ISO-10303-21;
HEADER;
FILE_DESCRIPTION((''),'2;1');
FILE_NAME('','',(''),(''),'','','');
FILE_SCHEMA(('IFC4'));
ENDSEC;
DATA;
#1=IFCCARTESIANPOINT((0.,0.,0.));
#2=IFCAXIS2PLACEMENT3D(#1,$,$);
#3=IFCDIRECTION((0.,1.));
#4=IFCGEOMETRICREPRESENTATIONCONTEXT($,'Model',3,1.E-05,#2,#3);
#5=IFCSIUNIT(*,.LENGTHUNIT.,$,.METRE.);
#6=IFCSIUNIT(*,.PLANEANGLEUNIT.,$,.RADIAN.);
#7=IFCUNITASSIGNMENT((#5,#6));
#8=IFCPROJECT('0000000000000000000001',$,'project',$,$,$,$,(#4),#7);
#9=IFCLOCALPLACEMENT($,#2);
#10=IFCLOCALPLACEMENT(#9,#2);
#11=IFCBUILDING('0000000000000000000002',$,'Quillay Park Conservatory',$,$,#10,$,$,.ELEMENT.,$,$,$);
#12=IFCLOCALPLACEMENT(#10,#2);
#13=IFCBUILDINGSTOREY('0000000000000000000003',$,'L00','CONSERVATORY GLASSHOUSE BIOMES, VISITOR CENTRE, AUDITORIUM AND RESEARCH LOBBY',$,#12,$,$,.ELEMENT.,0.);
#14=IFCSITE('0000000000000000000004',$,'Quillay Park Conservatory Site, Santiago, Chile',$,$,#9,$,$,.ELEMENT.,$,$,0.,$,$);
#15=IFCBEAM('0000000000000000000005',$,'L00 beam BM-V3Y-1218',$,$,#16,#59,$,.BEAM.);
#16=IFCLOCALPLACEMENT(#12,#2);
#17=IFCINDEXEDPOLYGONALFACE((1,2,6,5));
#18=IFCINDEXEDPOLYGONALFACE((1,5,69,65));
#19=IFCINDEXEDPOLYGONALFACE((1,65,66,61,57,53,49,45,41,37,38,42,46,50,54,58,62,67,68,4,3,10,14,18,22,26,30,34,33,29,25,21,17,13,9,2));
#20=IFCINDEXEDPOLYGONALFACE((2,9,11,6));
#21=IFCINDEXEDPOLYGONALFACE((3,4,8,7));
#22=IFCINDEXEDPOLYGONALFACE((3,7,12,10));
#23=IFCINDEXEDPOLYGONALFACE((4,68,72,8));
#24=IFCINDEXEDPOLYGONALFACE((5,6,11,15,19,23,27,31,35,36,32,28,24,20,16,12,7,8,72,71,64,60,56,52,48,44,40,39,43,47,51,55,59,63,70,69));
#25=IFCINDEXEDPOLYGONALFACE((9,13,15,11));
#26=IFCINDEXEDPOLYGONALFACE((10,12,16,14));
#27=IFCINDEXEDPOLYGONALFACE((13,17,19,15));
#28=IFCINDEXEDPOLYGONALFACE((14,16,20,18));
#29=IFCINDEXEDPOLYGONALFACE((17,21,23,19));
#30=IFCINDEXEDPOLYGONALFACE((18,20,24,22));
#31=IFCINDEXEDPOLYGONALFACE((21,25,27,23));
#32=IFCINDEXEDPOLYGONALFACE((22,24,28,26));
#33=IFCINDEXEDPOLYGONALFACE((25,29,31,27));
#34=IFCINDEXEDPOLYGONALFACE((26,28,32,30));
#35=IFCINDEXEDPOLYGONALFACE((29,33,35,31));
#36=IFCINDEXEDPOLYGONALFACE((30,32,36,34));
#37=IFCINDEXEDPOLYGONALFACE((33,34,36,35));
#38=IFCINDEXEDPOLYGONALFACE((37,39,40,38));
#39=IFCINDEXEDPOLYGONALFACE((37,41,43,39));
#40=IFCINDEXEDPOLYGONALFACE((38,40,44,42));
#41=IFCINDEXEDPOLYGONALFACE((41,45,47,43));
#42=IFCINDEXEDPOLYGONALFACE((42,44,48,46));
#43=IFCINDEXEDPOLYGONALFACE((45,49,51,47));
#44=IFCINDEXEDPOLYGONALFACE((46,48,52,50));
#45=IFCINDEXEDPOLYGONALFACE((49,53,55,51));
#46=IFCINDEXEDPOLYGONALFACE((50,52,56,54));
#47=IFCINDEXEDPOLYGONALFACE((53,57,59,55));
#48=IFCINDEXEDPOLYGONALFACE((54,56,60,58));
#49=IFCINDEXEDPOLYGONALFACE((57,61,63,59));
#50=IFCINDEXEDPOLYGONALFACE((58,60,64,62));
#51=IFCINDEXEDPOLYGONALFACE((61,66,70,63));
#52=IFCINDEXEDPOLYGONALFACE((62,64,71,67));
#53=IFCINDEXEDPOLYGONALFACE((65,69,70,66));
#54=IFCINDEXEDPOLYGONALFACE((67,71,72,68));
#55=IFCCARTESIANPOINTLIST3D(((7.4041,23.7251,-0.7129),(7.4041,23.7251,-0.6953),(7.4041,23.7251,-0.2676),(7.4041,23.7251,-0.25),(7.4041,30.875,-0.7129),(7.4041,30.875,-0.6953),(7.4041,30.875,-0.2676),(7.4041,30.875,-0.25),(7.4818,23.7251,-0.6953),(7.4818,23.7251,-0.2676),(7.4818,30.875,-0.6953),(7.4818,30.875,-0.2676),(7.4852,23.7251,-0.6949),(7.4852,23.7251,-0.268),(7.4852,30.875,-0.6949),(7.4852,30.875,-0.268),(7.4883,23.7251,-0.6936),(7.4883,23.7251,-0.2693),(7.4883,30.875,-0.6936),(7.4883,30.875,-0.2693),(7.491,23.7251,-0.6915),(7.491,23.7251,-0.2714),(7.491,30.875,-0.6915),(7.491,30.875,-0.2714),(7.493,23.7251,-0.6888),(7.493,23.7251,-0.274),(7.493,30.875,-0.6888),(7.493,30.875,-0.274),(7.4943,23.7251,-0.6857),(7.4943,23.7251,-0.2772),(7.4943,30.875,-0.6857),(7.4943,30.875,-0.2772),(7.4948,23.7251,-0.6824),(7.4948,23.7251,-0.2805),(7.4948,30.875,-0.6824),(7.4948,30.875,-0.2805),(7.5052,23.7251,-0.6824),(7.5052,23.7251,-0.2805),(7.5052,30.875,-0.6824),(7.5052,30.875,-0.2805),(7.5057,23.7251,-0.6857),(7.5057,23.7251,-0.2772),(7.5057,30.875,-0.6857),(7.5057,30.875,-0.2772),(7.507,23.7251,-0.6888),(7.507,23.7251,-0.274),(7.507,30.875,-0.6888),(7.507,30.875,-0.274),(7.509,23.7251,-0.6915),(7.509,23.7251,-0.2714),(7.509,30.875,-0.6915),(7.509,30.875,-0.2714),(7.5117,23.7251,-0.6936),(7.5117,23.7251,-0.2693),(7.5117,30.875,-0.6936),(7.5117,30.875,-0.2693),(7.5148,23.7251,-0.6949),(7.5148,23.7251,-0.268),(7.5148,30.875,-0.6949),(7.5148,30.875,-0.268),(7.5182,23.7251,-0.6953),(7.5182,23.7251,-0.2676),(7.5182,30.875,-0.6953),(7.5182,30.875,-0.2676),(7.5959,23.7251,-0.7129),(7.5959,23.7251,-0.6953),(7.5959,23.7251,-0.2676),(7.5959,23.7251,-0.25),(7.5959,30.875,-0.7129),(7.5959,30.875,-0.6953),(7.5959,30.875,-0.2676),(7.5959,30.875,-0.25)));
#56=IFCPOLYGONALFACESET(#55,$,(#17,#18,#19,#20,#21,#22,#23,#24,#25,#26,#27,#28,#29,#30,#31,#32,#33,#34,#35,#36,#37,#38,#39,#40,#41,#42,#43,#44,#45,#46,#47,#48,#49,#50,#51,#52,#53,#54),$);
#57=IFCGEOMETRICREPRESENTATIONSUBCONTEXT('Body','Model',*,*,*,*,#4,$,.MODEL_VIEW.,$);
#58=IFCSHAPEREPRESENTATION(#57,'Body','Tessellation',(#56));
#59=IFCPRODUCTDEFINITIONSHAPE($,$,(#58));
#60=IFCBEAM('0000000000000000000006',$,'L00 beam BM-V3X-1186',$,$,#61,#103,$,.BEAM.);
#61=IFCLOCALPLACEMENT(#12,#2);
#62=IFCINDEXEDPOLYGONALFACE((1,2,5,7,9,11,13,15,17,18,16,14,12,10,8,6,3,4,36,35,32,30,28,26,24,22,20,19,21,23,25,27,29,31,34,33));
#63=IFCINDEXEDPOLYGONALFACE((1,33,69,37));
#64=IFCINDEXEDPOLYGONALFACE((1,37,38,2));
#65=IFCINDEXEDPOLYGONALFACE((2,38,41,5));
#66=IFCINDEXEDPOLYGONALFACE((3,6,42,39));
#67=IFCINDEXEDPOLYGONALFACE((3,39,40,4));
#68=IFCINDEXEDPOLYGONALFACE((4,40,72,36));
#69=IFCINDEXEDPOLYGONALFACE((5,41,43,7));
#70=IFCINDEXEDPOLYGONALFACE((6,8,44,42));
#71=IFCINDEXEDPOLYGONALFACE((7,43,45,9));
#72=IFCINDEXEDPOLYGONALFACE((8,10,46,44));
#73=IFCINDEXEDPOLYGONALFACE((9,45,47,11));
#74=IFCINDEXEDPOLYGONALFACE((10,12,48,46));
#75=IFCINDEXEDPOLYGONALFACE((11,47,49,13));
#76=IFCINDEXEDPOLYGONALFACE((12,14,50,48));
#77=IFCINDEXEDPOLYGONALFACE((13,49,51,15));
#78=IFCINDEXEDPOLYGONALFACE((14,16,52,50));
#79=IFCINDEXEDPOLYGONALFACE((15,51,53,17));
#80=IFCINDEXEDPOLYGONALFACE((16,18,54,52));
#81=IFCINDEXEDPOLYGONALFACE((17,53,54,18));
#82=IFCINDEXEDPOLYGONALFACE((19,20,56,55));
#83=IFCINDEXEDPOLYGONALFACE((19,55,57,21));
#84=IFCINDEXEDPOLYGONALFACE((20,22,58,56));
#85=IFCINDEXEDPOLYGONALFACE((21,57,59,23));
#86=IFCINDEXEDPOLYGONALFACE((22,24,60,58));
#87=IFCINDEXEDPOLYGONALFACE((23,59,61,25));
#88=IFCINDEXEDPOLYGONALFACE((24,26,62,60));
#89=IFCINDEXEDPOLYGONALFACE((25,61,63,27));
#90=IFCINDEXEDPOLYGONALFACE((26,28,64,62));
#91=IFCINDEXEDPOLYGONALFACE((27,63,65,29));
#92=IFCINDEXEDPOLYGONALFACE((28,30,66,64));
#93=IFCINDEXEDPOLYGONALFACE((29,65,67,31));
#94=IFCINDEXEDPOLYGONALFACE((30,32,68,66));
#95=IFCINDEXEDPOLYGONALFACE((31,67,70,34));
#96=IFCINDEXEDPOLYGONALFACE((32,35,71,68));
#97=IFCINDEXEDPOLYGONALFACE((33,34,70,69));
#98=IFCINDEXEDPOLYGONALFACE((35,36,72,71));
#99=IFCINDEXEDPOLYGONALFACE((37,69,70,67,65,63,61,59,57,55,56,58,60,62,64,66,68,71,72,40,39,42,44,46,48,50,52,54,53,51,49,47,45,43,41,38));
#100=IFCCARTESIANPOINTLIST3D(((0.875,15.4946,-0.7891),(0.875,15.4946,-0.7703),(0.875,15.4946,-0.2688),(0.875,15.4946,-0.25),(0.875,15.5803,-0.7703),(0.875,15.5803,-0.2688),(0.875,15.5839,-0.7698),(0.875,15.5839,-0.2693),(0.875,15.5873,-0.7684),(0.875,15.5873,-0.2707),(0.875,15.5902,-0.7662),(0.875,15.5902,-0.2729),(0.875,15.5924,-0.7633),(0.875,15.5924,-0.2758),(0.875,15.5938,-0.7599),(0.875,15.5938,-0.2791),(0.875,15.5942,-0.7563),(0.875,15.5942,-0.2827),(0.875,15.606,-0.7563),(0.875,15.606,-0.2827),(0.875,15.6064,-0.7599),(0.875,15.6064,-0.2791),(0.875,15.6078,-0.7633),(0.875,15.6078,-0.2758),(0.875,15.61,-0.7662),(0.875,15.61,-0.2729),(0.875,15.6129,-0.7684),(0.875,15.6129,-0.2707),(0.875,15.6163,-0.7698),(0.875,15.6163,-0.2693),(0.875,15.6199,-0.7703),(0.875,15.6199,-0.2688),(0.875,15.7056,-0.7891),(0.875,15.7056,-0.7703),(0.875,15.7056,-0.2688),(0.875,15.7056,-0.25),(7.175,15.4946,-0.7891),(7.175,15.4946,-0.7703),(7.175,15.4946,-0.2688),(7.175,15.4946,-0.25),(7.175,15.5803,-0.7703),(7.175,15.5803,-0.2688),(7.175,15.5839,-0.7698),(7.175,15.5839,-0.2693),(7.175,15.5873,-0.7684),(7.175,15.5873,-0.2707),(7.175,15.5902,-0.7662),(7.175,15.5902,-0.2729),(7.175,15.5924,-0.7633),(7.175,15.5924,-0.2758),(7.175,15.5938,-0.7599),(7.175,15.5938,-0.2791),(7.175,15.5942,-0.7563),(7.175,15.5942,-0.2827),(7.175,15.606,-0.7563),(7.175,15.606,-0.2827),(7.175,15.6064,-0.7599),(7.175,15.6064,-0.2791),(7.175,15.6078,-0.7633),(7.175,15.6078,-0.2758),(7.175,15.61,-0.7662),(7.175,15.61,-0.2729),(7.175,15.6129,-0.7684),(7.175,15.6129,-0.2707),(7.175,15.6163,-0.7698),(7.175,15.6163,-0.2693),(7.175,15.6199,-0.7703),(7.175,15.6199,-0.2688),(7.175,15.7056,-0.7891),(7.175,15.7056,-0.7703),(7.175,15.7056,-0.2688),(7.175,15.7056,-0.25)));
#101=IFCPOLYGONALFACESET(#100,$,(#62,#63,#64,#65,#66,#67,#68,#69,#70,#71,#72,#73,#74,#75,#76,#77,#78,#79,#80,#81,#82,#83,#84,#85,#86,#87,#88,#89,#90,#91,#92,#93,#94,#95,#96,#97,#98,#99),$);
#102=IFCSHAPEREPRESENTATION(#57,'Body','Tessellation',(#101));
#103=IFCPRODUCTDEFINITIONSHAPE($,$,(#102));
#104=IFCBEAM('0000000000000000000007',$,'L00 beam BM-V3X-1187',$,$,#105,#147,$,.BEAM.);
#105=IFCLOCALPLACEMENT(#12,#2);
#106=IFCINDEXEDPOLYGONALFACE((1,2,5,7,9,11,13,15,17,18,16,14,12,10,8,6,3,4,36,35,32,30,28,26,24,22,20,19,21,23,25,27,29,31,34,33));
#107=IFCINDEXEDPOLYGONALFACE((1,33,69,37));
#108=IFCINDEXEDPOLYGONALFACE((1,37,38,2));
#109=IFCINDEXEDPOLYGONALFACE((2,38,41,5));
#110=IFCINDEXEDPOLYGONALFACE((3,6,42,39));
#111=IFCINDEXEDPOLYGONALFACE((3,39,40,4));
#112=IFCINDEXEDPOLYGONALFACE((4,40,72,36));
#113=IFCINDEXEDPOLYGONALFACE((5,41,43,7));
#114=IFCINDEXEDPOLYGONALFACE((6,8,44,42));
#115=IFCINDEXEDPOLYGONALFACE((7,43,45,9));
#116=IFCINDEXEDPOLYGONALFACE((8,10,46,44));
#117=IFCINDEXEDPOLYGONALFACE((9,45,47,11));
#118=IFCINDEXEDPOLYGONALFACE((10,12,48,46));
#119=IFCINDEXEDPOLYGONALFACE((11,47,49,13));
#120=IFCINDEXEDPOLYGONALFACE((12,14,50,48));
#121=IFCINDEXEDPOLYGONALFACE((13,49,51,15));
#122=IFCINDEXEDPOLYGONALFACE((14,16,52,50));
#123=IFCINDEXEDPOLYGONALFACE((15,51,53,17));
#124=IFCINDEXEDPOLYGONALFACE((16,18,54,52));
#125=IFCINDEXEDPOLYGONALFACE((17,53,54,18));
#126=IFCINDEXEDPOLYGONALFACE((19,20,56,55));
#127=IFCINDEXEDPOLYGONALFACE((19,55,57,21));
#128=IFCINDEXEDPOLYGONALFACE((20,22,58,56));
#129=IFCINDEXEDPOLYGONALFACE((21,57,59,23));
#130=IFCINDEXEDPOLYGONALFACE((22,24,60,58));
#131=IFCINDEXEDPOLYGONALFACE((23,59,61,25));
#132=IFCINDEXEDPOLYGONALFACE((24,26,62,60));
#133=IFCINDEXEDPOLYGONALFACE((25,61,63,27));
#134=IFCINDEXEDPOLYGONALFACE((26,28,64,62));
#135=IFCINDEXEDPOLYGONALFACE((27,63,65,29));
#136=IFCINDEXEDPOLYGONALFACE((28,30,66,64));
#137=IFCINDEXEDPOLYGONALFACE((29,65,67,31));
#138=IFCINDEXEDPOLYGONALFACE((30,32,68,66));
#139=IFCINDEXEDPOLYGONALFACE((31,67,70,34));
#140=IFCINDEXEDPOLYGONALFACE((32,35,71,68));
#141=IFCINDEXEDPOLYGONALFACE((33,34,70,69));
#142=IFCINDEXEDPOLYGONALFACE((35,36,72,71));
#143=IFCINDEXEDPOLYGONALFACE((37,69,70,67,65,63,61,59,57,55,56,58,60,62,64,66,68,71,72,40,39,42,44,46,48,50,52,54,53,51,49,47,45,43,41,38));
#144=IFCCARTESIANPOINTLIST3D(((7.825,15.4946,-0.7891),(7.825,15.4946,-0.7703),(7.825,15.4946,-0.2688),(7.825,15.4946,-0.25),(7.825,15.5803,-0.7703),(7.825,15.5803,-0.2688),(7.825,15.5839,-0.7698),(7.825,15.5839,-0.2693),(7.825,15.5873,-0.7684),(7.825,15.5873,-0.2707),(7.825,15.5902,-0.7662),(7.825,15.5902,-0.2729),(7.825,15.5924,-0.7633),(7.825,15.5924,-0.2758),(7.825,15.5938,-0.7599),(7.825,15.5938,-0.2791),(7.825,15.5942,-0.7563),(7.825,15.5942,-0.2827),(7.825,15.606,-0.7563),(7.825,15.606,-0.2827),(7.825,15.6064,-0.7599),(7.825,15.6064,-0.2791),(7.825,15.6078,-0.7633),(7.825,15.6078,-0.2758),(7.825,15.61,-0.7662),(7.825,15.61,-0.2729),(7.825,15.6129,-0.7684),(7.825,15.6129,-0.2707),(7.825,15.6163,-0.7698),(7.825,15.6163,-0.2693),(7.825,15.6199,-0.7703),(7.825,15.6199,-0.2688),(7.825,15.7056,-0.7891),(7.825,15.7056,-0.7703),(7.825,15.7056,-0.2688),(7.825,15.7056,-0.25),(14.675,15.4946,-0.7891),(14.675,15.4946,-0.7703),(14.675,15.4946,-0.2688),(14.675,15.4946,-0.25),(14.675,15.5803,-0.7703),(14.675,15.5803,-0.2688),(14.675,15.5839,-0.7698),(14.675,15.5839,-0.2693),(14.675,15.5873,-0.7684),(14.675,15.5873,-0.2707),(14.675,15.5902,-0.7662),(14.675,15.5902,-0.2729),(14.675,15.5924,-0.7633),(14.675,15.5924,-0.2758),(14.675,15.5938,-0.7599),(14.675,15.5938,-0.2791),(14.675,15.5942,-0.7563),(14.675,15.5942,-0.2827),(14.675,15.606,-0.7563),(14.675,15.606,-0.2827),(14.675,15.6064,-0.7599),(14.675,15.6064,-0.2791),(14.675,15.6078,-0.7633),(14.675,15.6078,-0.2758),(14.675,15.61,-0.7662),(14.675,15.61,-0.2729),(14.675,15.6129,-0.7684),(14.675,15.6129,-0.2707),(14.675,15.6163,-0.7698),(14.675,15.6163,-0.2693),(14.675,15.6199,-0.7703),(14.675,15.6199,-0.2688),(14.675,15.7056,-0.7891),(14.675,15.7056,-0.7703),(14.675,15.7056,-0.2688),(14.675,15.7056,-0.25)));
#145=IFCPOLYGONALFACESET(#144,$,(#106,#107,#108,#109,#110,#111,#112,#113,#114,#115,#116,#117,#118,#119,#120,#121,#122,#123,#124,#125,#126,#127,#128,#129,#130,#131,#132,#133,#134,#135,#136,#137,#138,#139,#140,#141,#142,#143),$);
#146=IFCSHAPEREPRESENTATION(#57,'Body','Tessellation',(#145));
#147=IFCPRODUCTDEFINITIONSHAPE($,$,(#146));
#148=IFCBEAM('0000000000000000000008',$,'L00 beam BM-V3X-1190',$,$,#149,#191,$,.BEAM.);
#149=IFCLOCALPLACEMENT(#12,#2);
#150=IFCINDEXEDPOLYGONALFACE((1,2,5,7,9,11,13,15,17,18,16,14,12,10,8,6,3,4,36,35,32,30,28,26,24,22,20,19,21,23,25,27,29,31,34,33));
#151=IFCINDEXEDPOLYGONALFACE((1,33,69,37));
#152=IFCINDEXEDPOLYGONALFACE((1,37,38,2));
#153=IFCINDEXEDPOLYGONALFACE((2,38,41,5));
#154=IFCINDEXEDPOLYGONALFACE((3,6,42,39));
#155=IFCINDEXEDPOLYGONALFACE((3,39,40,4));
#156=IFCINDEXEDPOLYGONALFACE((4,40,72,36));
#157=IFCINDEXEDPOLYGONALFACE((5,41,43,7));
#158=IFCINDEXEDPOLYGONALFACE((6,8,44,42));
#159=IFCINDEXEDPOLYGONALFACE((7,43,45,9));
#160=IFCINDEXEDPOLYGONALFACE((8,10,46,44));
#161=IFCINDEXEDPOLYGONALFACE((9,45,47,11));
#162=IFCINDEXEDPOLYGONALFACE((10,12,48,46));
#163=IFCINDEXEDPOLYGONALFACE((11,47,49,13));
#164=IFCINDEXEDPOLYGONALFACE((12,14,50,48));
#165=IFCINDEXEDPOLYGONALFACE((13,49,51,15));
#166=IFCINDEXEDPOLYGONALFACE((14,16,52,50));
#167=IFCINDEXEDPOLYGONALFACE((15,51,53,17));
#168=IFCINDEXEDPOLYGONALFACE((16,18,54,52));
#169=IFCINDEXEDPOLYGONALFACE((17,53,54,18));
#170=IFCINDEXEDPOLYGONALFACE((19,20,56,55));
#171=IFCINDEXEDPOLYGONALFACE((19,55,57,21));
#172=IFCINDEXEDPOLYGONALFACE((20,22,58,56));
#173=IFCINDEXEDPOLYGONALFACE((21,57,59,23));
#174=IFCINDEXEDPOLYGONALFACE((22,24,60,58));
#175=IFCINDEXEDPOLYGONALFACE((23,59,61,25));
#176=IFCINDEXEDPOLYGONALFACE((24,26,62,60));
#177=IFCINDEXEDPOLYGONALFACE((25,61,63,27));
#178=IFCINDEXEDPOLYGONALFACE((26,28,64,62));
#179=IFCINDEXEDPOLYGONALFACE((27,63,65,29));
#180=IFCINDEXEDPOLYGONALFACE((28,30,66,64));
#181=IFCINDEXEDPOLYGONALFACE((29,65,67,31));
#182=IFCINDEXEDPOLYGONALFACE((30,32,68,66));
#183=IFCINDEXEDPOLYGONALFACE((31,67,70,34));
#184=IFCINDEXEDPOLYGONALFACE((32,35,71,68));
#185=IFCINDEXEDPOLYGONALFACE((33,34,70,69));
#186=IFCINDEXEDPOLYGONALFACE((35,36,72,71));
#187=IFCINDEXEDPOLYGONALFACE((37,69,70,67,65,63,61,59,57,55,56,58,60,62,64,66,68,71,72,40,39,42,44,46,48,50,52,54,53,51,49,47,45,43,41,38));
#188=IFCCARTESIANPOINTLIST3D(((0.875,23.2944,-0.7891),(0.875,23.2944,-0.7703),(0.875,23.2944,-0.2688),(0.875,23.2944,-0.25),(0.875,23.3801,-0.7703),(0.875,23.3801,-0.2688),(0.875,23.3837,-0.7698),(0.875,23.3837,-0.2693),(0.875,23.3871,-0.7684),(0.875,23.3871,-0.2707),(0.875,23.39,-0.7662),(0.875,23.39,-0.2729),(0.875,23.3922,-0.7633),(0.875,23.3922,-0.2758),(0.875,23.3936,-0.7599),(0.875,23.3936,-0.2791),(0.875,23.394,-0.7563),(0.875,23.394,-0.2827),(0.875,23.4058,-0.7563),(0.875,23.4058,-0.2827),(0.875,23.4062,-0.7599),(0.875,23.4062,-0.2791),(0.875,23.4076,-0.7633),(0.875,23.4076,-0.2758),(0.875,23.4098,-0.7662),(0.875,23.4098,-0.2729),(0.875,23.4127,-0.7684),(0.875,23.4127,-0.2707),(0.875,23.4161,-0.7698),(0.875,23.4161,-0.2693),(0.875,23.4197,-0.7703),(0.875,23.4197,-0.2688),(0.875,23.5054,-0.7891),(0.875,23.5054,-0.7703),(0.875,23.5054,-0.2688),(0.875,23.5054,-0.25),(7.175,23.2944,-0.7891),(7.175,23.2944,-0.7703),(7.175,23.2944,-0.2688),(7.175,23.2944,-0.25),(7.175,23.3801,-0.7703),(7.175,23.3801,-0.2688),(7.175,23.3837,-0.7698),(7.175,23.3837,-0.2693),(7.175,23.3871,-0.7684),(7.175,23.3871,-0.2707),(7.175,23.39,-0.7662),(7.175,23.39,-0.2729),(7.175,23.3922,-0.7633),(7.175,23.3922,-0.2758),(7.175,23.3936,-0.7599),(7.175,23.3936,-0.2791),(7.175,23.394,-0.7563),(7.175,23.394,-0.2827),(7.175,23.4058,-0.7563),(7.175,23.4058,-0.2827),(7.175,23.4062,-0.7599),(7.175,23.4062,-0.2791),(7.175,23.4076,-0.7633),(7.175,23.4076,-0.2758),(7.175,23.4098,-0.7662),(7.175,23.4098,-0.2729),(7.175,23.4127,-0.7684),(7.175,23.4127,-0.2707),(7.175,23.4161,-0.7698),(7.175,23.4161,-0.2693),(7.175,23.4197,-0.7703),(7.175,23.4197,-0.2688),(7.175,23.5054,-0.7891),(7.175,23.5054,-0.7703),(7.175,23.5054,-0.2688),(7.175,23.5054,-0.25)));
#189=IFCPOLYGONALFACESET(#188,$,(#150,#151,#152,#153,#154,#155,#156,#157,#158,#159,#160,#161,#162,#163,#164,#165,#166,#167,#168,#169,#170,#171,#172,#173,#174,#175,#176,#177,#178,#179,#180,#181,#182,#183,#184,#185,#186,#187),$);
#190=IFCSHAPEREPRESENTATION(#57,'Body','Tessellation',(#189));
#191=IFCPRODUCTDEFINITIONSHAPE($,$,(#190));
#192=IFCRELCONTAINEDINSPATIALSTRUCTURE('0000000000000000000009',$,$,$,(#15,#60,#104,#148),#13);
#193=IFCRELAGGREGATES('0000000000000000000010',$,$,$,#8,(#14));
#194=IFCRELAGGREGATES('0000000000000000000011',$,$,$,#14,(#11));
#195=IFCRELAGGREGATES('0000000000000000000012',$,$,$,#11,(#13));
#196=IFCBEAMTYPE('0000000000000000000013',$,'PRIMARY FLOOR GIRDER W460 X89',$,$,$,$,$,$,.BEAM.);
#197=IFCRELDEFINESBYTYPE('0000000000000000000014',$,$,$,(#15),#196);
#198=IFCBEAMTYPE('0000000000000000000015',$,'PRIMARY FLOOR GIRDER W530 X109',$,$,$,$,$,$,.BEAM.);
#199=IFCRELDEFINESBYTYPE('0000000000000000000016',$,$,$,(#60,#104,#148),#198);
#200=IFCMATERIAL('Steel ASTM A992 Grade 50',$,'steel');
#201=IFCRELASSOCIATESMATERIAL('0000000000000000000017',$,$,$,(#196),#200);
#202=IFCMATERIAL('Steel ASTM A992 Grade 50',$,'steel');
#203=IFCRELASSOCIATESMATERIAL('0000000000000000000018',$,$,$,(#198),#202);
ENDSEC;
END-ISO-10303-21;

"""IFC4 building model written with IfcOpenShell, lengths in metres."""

from ifc_helpers import new_model, si_unit, direction, frame, origin, origin_2d, place, context, subcontext, project, spatial, i_section, extrude, material, material_profile, profile_set, type_object, element, save


model = new_model("IFC4")

# Units and contexts
model_context = context("Model", 3, precision=1e-05, world=origin(), true_north=direction((0.0, 1.0)))
body_context = subcontext(model_context, "Body", "Model", "MODEL_VIEW")
ifc_project = project(units=[si_unit("LENGTHUNIT", "METRE"), si_unit("PLANEANGLEUNIT", "RADIAN")], contexts=[model_context])

# Site, building, storey
site_placement = place(None, origin())
site = spatial("IfcSite", under=ifc_project, at=site_placement, Name="Quillay Park Conservatory Site, Santiago, Chile", CompositionType="ELEMENT", RefElevation=0.0)
building_placement = place(site_placement, origin())
building = spatial("IfcBuilding", under=site, at=building_placement, Name="Quillay Park Conservatory", CompositionType="ELEMENT")
storey_placement = place(building_placement, origin())
storey = spatial("IfcBuildingStorey", under=building, at=storey_placement, Name="L00", Description="CONSERVATORY GLASSHOUSE BIOMES, VISITOR CENTRE, AUDITORIUM AND RESEARCH LOBBY", CompositionType="ELEMENT", Elevation=0.0)

# Beams
ifc_material_1 = material(Name="Steel ASTM A992 Grade 50", Category="steel")
ifc_material_profile_1 = material_profile(ifc_material_1, i_section(OverallWidth=0.1919, OverallDepth=0.4629, WebThickness=0.0105, FlangeThickness=0.0176, FilletRadius=0.0129, at=origin_2d()), Name="W460x89")
ifc_profile_set_1 = profile_set([ifc_material_profile_1], Name="Steel ASTM A992 Grade 50")
beam_type_1 = type_object("IfcBeamType", Name="PRIMARY FLOOR GIRDER W460 X89", PredefinedType="BEAM", material=ifc_profile_set_1)
for number, where, z_axis, x_axis, name in (
    (1, (7.5, 23.7251, -0.4814), (0.0, 1.0, 0.0), (-1.0, 0.0, 0.0), "L00 beam BM-V3Y-1218"),
):
    element("IfcBeam", number, at=place(storey_placement, frame(where, z_axis=z_axis, x_axis=x_axis)), inside=storey, type_object=beam_type_1, Name=name, PredefinedType="BEAM", context=body_context, shape_type="SweptSolid", body=[
        extrude(i_section(OverallWidth=0.1919, OverallDepth=0.4629, WebThickness=0.0105, FlangeThickness=0.0176, FilletRadius=0.0129, at=origin_2d()), origin(), (0.0, 0.0, 1.0), 7.1499),
    ])
ifc_material_2 = material(Name="Steel ASTM A992 Grade 50", Category="steel")
ifc_material_profile_2 = material_profile(ifc_material_2, i_section(OverallWidth=0.2109, OverallDepth=0.5391, WebThickness=0.0117, FlangeThickness=0.0188, FilletRadius=0.0139, at=origin_2d()), Name="W530x109")
ifc_profile_set_2 = profile_set([ifc_material_profile_2], Name="Steel ASTM A992 Grade 50")
beam_type_2 = type_object("IfcBeamType", Name="PRIMARY FLOOR GIRDER W530 X109", PredefinedType="BEAM", material=ifc_profile_set_2)
beam_1_placement = place(storey_placement, frame((0.875, 15.6001, -0.5195), z_axis=(1.0, 0.0, 0.0), x_axis=(0.0, 1.0, 0.0)))
element("IfcBeam", 2, at=beam_1_placement, inside=storey, type_object=beam_type_2, Name="L00 beam BM-V3X-1186", PredefinedType="BEAM", context=body_context, shape_type="SweptSolid", body=[
    extrude(i_section(OverallWidth=0.2109, OverallDepth=0.5391, WebThickness=0.0117, FlangeThickness=0.0188, FilletRadius=0.0139, at=origin_2d()), origin(), (0.0, 0.0, 1.0), 6.3),
])
beam_2_placement = place(storey_placement, frame((7.825, 15.6001, -0.5195), z_axis=(1.0, 0.0, 0.0), x_axis=(0.0, 1.0, 0.0)))
element("IfcBeam", 3, at=beam_2_placement, inside=storey, type_object=beam_type_2, Name="L00 beam BM-V3X-1187", PredefinedType="BEAM", context=body_context, shape_type="SweptSolid", body=[
    extrude(i_section(OverallWidth=0.2109, OverallDepth=0.5391, WebThickness=0.0117, FlangeThickness=0.0188, FilletRadius=0.0139, at=origin_2d()), origin(), (0.0, 0.0, 1.0), 6.8501),
])
beam_3_placement = place(storey_placement, frame((0.875, 23.3999, -0.5195), z_axis=(1.0, 0.0, 0.0), x_axis=(0.0, 1.0, 0.0)))
element("IfcBeam", 4, at=beam_3_placement, inside=storey, type_object=beam_type_2, Name="L00 beam BM-V3X-1190", PredefinedType="BEAM", context=body_context, shape_type="SweptSolid", body=[
    extrude(i_section(OverallWidth=0.2109, OverallDepth=0.5391, WebThickness=0.0117, FlangeThickness=0.0188, FilletRadius=0.0139, at=origin_2d()), origin(), (0.0, 0.0, 1.0), 6.3),
])

save(model, "model.ifc")
